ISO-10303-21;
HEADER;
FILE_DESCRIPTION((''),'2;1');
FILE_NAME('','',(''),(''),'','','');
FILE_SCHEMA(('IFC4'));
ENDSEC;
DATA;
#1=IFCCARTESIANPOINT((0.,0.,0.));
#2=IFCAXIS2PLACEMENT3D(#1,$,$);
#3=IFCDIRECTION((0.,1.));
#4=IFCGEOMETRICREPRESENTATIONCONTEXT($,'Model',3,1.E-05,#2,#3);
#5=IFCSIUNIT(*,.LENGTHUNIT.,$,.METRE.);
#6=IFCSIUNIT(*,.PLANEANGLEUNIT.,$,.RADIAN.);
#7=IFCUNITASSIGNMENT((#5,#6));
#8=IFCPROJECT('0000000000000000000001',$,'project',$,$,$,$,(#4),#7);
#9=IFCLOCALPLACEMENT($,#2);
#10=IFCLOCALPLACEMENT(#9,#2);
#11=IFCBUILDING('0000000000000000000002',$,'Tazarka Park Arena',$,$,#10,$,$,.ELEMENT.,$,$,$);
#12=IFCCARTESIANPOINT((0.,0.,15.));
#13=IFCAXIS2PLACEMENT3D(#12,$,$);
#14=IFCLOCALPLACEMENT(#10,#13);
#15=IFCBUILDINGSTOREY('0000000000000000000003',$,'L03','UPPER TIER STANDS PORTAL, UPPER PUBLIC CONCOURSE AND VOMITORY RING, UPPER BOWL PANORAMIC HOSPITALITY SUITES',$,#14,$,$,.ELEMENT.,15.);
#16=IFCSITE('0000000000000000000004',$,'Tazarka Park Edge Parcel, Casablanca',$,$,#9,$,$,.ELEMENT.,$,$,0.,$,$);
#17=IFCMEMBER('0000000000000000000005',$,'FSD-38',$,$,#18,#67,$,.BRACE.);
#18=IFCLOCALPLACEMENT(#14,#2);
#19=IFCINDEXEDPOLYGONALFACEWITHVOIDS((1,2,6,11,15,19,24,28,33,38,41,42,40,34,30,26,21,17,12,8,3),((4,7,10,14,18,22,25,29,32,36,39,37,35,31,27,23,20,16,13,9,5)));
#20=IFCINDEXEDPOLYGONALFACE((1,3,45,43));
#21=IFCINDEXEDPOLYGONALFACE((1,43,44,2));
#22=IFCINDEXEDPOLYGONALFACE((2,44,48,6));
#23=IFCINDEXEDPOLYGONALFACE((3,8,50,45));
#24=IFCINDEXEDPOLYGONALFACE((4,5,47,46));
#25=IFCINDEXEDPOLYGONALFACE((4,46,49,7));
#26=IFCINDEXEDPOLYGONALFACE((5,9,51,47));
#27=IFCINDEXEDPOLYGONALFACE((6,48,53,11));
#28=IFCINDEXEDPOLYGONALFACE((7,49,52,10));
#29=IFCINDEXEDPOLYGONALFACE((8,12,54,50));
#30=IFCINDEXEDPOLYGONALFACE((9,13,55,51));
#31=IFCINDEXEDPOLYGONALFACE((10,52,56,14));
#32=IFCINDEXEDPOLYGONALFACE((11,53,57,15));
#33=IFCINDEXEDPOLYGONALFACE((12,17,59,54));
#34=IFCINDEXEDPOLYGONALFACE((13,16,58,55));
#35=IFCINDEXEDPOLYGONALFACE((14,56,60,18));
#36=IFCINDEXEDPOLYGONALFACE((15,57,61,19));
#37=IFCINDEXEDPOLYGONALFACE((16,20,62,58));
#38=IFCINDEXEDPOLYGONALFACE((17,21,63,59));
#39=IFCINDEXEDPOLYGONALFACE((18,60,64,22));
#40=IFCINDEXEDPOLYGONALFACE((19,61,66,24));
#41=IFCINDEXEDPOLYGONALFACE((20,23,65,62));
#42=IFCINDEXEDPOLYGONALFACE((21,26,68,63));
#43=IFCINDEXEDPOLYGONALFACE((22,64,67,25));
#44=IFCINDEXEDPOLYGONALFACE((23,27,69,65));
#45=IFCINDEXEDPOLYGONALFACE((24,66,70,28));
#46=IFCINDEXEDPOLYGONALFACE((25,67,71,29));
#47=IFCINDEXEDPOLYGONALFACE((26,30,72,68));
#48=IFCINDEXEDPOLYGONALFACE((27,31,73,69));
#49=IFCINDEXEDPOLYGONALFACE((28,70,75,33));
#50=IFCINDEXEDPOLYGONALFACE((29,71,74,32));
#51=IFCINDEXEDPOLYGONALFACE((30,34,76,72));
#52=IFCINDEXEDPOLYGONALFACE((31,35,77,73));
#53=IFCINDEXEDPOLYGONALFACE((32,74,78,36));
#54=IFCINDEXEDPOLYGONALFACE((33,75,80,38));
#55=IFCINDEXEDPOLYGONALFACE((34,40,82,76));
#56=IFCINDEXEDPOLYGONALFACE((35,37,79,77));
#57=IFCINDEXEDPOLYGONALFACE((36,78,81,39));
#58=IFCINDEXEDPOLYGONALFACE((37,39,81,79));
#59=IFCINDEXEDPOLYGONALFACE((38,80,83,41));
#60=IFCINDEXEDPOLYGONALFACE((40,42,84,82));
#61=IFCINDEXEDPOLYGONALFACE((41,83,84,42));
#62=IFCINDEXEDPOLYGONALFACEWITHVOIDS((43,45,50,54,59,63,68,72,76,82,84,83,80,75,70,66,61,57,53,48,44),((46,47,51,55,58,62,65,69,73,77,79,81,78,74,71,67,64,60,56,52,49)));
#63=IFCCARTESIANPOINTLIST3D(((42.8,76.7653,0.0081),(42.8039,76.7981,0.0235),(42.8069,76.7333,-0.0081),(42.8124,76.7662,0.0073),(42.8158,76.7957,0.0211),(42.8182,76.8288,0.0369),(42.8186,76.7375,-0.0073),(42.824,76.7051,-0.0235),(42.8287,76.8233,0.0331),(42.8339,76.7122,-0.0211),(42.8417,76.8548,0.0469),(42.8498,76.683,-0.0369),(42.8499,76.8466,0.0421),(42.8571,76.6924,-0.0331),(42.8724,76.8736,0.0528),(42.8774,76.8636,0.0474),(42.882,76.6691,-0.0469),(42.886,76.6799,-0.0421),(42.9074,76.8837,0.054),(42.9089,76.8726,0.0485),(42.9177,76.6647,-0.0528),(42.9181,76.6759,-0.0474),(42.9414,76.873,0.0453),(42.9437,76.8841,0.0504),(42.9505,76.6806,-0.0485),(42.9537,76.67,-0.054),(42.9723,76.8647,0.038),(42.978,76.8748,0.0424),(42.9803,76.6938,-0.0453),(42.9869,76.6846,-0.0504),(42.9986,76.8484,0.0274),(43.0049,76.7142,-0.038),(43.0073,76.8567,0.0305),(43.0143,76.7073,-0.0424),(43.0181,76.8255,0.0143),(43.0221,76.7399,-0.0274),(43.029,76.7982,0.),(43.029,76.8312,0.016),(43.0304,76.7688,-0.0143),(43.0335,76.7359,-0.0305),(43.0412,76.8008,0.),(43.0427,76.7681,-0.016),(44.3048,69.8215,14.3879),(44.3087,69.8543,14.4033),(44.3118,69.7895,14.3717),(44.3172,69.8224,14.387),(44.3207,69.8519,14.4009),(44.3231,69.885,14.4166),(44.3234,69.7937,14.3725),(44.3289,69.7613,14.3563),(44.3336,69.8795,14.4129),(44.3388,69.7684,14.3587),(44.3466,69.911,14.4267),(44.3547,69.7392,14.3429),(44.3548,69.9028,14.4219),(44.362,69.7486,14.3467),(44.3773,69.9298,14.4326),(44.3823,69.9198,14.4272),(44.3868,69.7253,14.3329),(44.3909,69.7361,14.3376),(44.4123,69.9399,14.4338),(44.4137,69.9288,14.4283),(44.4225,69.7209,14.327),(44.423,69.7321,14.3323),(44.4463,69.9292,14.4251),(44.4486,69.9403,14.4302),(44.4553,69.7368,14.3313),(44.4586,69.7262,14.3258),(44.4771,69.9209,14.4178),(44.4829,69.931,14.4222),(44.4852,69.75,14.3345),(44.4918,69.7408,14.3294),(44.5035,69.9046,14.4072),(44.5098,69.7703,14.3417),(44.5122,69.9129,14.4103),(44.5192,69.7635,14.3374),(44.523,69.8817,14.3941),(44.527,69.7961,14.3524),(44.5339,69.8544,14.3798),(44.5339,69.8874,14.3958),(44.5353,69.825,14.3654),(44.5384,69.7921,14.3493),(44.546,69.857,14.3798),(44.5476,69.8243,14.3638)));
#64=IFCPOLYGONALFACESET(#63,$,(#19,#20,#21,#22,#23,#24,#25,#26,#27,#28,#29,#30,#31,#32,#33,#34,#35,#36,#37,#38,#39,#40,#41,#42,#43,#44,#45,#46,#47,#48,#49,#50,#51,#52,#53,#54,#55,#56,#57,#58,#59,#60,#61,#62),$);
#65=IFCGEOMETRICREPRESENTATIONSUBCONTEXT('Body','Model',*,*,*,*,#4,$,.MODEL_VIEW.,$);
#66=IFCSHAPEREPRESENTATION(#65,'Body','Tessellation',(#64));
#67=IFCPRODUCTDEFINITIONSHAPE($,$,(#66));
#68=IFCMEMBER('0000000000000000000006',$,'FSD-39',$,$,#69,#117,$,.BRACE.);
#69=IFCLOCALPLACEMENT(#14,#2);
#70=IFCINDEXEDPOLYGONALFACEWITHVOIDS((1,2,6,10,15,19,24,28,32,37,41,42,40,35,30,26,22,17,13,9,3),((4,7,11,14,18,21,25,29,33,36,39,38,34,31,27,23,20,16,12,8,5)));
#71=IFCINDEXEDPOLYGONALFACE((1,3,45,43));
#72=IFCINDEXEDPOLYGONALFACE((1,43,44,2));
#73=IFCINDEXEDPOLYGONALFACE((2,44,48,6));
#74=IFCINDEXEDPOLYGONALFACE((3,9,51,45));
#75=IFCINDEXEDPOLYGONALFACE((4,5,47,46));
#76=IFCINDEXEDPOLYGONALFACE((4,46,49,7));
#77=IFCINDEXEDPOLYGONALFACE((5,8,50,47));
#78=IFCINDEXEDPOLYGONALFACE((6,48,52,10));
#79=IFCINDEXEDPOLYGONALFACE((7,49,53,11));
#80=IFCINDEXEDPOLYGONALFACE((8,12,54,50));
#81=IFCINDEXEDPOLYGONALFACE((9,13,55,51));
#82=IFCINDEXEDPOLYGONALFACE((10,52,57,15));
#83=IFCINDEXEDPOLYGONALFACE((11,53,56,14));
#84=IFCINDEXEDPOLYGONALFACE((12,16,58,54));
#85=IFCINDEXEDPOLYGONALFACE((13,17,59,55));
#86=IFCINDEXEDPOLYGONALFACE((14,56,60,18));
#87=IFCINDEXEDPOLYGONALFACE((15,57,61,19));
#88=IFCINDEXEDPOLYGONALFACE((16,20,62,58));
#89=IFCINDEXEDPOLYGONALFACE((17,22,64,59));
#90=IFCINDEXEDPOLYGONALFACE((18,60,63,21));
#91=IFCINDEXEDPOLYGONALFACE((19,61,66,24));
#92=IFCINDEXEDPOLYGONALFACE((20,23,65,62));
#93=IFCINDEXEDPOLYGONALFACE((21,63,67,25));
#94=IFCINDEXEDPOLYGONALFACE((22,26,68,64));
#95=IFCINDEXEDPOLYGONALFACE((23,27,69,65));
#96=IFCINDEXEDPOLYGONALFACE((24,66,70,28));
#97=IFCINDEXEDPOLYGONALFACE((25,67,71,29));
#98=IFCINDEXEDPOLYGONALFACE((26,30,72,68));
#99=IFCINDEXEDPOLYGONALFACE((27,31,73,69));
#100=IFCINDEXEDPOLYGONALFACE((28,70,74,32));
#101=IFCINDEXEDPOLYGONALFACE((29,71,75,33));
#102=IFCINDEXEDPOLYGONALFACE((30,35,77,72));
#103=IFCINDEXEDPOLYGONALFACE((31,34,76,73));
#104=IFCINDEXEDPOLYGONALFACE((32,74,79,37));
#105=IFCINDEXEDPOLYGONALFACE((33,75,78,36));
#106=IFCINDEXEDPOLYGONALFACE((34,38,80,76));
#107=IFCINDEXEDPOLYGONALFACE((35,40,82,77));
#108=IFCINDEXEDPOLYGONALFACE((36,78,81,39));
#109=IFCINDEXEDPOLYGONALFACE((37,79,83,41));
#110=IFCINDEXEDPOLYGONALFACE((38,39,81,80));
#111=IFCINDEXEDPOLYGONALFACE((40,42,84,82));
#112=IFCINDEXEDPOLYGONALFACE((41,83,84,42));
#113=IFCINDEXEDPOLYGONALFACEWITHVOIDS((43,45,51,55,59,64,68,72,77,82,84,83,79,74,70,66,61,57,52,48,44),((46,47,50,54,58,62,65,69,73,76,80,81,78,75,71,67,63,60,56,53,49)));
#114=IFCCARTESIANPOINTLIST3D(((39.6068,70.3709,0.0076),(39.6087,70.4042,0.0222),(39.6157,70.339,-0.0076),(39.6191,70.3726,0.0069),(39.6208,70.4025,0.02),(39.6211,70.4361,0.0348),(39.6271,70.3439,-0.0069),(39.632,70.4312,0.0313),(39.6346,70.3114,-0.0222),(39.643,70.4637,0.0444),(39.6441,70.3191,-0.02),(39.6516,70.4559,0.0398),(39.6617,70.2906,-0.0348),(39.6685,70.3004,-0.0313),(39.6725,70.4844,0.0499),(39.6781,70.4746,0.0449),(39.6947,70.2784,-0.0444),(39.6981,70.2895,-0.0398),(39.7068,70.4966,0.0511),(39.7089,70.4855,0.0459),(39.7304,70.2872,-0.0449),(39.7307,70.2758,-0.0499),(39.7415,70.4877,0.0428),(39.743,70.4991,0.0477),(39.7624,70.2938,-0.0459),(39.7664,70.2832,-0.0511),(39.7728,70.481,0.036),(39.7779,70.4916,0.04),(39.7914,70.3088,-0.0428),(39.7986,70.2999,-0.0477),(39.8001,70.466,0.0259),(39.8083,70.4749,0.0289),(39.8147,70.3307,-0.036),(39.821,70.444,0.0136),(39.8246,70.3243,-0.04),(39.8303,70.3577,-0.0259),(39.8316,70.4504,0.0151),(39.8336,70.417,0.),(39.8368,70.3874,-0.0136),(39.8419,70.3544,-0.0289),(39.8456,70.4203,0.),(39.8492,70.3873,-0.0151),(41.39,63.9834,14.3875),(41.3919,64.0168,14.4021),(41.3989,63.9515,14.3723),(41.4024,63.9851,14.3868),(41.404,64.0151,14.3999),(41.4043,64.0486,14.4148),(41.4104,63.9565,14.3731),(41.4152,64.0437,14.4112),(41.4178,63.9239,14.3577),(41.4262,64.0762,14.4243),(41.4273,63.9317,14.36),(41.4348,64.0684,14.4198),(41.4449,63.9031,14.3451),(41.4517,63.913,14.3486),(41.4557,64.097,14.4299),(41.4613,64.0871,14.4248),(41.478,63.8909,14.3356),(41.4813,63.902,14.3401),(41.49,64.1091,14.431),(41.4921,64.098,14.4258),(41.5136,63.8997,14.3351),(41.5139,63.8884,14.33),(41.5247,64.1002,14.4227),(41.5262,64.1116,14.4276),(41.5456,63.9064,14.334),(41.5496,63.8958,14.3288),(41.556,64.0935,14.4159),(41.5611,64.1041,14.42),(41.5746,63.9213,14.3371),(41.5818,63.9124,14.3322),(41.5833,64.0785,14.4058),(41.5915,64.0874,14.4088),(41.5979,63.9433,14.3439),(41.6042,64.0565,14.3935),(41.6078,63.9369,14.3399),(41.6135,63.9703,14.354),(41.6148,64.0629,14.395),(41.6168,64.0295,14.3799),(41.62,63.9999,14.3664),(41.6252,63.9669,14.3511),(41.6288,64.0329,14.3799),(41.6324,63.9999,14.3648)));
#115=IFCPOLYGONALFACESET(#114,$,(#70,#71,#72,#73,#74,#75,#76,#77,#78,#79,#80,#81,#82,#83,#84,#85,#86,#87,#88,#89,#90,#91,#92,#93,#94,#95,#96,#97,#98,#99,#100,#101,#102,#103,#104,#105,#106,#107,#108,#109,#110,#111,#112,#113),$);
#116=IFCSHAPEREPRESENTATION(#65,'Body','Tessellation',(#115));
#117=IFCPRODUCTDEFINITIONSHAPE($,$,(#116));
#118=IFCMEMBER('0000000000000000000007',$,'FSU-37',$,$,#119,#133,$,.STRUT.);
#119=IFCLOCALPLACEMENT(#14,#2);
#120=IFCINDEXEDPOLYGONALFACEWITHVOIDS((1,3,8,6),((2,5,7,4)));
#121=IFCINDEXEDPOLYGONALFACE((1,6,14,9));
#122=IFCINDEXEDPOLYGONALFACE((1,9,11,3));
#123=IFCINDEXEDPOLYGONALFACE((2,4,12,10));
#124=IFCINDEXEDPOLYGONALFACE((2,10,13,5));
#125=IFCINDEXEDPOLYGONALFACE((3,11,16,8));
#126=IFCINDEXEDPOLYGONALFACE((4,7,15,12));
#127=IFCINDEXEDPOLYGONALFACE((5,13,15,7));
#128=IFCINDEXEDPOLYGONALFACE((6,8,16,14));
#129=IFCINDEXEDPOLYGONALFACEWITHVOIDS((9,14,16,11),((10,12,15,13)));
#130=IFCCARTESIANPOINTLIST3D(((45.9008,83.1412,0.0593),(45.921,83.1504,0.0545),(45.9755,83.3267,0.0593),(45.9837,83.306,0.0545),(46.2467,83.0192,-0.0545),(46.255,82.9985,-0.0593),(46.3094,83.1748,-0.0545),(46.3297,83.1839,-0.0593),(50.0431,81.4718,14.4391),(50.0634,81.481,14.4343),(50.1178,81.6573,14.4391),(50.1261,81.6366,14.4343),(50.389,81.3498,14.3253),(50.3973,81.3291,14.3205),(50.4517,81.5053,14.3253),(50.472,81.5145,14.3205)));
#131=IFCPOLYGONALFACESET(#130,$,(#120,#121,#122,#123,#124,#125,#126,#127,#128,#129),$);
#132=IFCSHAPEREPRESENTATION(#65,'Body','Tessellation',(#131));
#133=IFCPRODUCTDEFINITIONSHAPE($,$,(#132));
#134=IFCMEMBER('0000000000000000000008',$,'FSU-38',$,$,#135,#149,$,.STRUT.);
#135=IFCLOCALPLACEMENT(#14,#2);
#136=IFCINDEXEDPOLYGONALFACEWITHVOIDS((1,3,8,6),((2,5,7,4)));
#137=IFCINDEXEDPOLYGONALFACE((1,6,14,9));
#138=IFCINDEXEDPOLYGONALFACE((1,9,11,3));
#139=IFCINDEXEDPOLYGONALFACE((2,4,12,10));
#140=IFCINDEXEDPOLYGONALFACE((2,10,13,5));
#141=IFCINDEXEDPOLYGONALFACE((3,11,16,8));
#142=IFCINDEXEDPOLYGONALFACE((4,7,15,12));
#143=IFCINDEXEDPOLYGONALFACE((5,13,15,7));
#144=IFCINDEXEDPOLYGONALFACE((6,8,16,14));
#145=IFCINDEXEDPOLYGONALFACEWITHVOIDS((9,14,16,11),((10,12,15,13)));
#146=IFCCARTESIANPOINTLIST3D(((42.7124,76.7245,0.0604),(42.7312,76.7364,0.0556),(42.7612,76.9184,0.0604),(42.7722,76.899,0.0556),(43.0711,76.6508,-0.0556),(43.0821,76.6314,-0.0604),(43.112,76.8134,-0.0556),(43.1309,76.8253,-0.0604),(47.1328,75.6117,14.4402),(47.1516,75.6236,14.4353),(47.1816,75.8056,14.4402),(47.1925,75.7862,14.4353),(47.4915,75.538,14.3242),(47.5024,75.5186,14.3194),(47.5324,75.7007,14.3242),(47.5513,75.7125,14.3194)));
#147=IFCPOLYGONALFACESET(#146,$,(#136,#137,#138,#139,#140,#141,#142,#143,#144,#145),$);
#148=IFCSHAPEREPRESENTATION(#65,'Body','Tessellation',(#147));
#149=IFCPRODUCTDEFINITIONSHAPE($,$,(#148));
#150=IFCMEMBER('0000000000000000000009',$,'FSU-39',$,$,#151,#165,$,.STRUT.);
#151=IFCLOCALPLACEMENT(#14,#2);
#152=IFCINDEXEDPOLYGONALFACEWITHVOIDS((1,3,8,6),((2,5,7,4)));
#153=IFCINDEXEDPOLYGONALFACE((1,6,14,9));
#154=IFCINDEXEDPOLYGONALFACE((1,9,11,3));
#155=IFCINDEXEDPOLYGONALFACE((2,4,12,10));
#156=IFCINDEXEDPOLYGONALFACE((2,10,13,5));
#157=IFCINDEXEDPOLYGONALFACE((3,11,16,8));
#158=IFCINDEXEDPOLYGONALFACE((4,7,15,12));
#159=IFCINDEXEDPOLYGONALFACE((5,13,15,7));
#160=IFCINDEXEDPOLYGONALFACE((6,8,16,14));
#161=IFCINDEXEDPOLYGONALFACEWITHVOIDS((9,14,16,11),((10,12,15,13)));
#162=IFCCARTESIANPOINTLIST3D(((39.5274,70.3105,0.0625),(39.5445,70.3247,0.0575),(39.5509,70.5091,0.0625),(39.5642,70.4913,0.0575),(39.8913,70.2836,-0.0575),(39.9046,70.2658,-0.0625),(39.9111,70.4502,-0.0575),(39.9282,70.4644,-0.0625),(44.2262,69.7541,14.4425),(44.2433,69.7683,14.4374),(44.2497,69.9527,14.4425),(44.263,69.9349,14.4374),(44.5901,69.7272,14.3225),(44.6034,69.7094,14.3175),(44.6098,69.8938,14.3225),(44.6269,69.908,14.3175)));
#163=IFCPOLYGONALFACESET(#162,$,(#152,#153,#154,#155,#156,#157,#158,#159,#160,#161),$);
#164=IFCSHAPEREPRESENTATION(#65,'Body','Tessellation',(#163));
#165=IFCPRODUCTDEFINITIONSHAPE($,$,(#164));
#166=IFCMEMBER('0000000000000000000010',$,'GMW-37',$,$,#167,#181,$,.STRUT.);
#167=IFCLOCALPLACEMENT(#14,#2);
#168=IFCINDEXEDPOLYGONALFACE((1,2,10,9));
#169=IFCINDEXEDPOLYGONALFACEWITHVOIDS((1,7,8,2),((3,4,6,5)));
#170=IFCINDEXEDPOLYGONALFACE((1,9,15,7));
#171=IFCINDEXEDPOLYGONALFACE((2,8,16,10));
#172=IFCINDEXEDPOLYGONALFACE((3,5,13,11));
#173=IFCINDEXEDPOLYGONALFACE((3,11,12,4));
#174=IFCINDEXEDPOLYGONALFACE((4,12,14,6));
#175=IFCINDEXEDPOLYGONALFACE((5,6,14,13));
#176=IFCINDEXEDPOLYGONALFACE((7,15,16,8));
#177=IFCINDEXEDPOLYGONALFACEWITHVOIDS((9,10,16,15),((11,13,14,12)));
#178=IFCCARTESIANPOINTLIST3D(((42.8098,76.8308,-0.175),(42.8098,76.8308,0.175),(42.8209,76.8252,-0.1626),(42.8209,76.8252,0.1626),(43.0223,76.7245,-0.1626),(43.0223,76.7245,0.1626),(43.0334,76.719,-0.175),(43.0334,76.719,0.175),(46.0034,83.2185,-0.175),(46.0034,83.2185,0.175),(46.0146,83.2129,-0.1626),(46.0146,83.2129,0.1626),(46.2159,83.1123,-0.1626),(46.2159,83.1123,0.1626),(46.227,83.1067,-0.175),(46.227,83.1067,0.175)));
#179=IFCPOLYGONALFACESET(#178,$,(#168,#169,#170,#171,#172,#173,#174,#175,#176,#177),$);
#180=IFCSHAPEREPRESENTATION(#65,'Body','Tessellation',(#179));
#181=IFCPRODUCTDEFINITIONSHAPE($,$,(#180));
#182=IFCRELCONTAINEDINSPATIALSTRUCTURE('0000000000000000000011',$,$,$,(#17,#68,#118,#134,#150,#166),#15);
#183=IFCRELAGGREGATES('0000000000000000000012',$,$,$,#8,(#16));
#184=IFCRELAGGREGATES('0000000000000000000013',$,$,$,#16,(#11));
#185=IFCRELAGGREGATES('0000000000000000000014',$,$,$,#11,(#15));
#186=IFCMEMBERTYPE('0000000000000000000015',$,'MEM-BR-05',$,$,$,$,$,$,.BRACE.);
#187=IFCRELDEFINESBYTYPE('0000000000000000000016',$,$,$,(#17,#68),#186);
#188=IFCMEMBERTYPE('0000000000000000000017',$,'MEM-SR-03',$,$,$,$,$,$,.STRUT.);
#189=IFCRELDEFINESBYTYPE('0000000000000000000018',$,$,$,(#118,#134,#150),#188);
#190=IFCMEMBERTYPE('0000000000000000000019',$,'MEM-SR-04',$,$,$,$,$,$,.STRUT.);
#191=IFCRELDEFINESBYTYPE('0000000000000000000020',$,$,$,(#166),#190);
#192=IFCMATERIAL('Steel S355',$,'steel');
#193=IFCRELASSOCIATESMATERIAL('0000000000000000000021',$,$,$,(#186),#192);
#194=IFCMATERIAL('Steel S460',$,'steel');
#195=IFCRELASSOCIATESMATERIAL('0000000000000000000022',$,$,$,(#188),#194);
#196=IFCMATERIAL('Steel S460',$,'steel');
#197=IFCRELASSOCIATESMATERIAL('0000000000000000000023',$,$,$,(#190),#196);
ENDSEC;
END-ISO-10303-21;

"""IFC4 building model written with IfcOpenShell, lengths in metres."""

from ifc_helpers import new_model, si_unit, direction, frame, origin, origin_2d, place, context, subcontext, project, spatial, hollow_rectangle, hollow_circle, extrude, material, material_profile, profile_set, type_object, element, save


model = new_model("IFC4")

# Units and contexts
model_context = context("Model", 3, precision=1e-05, world=origin(), true_north=direction((0.0, 1.0)))
body_context = subcontext(model_context, "Body", "Model", "MODEL_VIEW")
ifc_project = project(units=[si_unit("LENGTHUNIT", "METRE"), si_unit("PLANEANGLEUNIT", "RADIAN")], contexts=[model_context])

# Site, building, storey
site_placement = place(None, origin())
site = spatial("IfcSite", under=ifc_project, at=site_placement, Name="Tazarka Park Edge Parcel, Casablanca", CompositionType="ELEMENT", RefElevation=0.0)
building_placement = place(site_placement, origin())
building = spatial("IfcBuilding", under=site, at=building_placement, Name="Tazarka Park Arena", CompositionType="ELEMENT")
storey_placement = place(building_placement, frame((0.0, 0.0, 15.0)))
storey = spatial("IfcBuildingStorey", under=building, at=storey_placement, Name="L03", Description="UPPER TIER STANDS PORTAL, UPPER PUBLIC CONCOURSE AND VOMITORY RING, UPPER BOWL PANORAMIC HOSPITALITY SUITES", CompositionType="ELEMENT", Elevation=15.0)

# Members
ifc_material_1 = material(Name="Steel S355", Category="steel")
ifc_material_profile_1 = material_profile(ifc_material_1, hollow_circle(Radius=0.1223, WallThickness=0.0125, at=origin_2d()), Name="Steel S355")
ifc_profile_set_1 = profile_set([ifc_material_profile_1], Name="Steel S355")
member_type_1 = type_object("IfcMemberType", Name="MEM-BR-05", PredefinedType="BRACE", material=ifc_profile_set_1)
member_1_placement = place(storey_placement, frame((42.9216, 76.7749, 0.0), z_axis=(0.093824, -0.432924, 0.896534), x_axis=(0.977312, 0.211805, 0.0)))
element("IfcMember", 1, at=member_1_placement, inside=storey, type_object=member_type_1, Name="FSD-38", PredefinedType="BRACE", context=body_context, shape_type="SweptSolid", body=[
    extrude(hollow_circle(Radius=0.1223, WallThickness=0.0125, at=origin_2d()), origin(), (0.0, 0.0, 1.0), 16.0393),
])
member_2_placement = place(storey_placement, frame((39.7278, 70.3875, 0.0), z_axis=(0.112609, -0.403365, 0.908084), x_axis=(0.963171, 0.268891, 0.0)))
element("IfcMember", 2, at=member_2_placement, inside=storey, type_object=member_type_1, Name="FSD-39", PredefinedType="BRACE", context=body_context, shape_type="SweptSolid", body=[
    extrude(hollow_circle(Radius=0.1223, WallThickness=0.0125, at=origin_2d()), origin(), (0.0, 0.0, 1.0), 15.8354),
])
ifc_material_2 = material(Name="Steel S460", Category="steel")
ifc_material_profile_2 = material_profile(ifc_material_2, hollow_rectangle(XDim=0.2, YDim=0.3999, WallThickness=0.0161, at=origin_2d()), Name="Steel S460")
ifc_profile_set_2 = profile_set([ifc_material_profile_2], Name="Steel S460")
member_type_2 = type_object("IfcMemberType", Name="MEM-SR-03", PredefinedType="STRUT", material=ifc_profile_set_2)
member_3_placement = place(storey_placement, frame((46.1152, 83.1626, 0.0), z_axis=(0.275102, -0.110871, 0.955001), x_axis=(0.373802, 0.927508, 0.0)))
element("IfcMember", 3, at=member_3_placement, inside=storey, type_object=member_type_2, Name="FSU-37", PredefinedType="STRUT", context=body_context, shape_type="SweptSolid", body=[
    extrude(hollow_rectangle(XDim=0.2, YDim=0.3999, WallThickness=0.0161, at=origin_2d()), origin(), (0.0, 0.0, 1.0), 15.0574),
])
member_4_placement = place(storey_placement, frame((42.9216, 76.7749, 0.0), z_axis=(0.293032, -0.073768, 0.953253), x_axis=(0.244123, 0.969744, 0.0)))
element("IfcMember", 4, at=member_4_placement, inside=storey, type_object=member_type_2, Name="FSU-38", PredefinedType="STRUT", context=body_context, shape_type="SweptSolid", body=[
    extrude(hollow_rectangle(XDim=0.2, YDim=0.3999, WallThickness=0.0161, at=origin_2d()), origin(), (0.0, 0.0, 1.0), 15.085),
])
member_5_placement = place(storey_placement, frame((39.7278, 70.3875, 0.0), z_axis=(0.310387, -0.036754, 0.9499), x_axis=(0.117593, 0.993062, 0.0)))
element("IfcMember", 5, at=member_5_placement, inside=storey, type_object=member_type_2, Name="FSU-39", PredefinedType="STRUT", context=body_context, shape_type="SweptSolid", body=[
    extrude(hollow_rectangle(XDim=0.2, YDim=0.3999, WallThickness=0.0161, at=origin_2d()), origin(), (0.0, 0.0, 1.0), 15.1384),
])
ifc_material_3 = material(Name="Steel S460", Category="steel")
ifc_material_profile_3 = material_profile(ifc_material_3, hollow_rectangle(XDim=0.25, YDim=0.3501, WallThickness=0.0125, at=origin_2d()), Name="Steel S460")
ifc_profile_set_3 = profile_set([ifc_material_profile_3], Name="Steel S460")
member_type_3 = type_object("IfcMemberType", Name="MEM-SR-04", PredefinedType="STRUT", material=ifc_profile_set_3)
member_6_placement = place(storey_placement, frame((46.1152, 83.1626, 0.0), z_axis=(-0.447186, -0.894441, 0.0), x_axis=(0.894441, -0.447186, 0.0)))
element("IfcMember", 6, at=member_6_placement, inside=storey, type_object=member_type_3, Name="GMW-37", PredefinedType="STRUT", context=body_context, shape_type="SweptSolid", body=[
    extrude(hollow_rectangle(XDim=0.25, YDim=0.3501, WallThickness=0.0125, at=origin_2d()), origin(), (0.0, 0.0, 1.0), 7.1416),
])

save(model, "model.ifc")
